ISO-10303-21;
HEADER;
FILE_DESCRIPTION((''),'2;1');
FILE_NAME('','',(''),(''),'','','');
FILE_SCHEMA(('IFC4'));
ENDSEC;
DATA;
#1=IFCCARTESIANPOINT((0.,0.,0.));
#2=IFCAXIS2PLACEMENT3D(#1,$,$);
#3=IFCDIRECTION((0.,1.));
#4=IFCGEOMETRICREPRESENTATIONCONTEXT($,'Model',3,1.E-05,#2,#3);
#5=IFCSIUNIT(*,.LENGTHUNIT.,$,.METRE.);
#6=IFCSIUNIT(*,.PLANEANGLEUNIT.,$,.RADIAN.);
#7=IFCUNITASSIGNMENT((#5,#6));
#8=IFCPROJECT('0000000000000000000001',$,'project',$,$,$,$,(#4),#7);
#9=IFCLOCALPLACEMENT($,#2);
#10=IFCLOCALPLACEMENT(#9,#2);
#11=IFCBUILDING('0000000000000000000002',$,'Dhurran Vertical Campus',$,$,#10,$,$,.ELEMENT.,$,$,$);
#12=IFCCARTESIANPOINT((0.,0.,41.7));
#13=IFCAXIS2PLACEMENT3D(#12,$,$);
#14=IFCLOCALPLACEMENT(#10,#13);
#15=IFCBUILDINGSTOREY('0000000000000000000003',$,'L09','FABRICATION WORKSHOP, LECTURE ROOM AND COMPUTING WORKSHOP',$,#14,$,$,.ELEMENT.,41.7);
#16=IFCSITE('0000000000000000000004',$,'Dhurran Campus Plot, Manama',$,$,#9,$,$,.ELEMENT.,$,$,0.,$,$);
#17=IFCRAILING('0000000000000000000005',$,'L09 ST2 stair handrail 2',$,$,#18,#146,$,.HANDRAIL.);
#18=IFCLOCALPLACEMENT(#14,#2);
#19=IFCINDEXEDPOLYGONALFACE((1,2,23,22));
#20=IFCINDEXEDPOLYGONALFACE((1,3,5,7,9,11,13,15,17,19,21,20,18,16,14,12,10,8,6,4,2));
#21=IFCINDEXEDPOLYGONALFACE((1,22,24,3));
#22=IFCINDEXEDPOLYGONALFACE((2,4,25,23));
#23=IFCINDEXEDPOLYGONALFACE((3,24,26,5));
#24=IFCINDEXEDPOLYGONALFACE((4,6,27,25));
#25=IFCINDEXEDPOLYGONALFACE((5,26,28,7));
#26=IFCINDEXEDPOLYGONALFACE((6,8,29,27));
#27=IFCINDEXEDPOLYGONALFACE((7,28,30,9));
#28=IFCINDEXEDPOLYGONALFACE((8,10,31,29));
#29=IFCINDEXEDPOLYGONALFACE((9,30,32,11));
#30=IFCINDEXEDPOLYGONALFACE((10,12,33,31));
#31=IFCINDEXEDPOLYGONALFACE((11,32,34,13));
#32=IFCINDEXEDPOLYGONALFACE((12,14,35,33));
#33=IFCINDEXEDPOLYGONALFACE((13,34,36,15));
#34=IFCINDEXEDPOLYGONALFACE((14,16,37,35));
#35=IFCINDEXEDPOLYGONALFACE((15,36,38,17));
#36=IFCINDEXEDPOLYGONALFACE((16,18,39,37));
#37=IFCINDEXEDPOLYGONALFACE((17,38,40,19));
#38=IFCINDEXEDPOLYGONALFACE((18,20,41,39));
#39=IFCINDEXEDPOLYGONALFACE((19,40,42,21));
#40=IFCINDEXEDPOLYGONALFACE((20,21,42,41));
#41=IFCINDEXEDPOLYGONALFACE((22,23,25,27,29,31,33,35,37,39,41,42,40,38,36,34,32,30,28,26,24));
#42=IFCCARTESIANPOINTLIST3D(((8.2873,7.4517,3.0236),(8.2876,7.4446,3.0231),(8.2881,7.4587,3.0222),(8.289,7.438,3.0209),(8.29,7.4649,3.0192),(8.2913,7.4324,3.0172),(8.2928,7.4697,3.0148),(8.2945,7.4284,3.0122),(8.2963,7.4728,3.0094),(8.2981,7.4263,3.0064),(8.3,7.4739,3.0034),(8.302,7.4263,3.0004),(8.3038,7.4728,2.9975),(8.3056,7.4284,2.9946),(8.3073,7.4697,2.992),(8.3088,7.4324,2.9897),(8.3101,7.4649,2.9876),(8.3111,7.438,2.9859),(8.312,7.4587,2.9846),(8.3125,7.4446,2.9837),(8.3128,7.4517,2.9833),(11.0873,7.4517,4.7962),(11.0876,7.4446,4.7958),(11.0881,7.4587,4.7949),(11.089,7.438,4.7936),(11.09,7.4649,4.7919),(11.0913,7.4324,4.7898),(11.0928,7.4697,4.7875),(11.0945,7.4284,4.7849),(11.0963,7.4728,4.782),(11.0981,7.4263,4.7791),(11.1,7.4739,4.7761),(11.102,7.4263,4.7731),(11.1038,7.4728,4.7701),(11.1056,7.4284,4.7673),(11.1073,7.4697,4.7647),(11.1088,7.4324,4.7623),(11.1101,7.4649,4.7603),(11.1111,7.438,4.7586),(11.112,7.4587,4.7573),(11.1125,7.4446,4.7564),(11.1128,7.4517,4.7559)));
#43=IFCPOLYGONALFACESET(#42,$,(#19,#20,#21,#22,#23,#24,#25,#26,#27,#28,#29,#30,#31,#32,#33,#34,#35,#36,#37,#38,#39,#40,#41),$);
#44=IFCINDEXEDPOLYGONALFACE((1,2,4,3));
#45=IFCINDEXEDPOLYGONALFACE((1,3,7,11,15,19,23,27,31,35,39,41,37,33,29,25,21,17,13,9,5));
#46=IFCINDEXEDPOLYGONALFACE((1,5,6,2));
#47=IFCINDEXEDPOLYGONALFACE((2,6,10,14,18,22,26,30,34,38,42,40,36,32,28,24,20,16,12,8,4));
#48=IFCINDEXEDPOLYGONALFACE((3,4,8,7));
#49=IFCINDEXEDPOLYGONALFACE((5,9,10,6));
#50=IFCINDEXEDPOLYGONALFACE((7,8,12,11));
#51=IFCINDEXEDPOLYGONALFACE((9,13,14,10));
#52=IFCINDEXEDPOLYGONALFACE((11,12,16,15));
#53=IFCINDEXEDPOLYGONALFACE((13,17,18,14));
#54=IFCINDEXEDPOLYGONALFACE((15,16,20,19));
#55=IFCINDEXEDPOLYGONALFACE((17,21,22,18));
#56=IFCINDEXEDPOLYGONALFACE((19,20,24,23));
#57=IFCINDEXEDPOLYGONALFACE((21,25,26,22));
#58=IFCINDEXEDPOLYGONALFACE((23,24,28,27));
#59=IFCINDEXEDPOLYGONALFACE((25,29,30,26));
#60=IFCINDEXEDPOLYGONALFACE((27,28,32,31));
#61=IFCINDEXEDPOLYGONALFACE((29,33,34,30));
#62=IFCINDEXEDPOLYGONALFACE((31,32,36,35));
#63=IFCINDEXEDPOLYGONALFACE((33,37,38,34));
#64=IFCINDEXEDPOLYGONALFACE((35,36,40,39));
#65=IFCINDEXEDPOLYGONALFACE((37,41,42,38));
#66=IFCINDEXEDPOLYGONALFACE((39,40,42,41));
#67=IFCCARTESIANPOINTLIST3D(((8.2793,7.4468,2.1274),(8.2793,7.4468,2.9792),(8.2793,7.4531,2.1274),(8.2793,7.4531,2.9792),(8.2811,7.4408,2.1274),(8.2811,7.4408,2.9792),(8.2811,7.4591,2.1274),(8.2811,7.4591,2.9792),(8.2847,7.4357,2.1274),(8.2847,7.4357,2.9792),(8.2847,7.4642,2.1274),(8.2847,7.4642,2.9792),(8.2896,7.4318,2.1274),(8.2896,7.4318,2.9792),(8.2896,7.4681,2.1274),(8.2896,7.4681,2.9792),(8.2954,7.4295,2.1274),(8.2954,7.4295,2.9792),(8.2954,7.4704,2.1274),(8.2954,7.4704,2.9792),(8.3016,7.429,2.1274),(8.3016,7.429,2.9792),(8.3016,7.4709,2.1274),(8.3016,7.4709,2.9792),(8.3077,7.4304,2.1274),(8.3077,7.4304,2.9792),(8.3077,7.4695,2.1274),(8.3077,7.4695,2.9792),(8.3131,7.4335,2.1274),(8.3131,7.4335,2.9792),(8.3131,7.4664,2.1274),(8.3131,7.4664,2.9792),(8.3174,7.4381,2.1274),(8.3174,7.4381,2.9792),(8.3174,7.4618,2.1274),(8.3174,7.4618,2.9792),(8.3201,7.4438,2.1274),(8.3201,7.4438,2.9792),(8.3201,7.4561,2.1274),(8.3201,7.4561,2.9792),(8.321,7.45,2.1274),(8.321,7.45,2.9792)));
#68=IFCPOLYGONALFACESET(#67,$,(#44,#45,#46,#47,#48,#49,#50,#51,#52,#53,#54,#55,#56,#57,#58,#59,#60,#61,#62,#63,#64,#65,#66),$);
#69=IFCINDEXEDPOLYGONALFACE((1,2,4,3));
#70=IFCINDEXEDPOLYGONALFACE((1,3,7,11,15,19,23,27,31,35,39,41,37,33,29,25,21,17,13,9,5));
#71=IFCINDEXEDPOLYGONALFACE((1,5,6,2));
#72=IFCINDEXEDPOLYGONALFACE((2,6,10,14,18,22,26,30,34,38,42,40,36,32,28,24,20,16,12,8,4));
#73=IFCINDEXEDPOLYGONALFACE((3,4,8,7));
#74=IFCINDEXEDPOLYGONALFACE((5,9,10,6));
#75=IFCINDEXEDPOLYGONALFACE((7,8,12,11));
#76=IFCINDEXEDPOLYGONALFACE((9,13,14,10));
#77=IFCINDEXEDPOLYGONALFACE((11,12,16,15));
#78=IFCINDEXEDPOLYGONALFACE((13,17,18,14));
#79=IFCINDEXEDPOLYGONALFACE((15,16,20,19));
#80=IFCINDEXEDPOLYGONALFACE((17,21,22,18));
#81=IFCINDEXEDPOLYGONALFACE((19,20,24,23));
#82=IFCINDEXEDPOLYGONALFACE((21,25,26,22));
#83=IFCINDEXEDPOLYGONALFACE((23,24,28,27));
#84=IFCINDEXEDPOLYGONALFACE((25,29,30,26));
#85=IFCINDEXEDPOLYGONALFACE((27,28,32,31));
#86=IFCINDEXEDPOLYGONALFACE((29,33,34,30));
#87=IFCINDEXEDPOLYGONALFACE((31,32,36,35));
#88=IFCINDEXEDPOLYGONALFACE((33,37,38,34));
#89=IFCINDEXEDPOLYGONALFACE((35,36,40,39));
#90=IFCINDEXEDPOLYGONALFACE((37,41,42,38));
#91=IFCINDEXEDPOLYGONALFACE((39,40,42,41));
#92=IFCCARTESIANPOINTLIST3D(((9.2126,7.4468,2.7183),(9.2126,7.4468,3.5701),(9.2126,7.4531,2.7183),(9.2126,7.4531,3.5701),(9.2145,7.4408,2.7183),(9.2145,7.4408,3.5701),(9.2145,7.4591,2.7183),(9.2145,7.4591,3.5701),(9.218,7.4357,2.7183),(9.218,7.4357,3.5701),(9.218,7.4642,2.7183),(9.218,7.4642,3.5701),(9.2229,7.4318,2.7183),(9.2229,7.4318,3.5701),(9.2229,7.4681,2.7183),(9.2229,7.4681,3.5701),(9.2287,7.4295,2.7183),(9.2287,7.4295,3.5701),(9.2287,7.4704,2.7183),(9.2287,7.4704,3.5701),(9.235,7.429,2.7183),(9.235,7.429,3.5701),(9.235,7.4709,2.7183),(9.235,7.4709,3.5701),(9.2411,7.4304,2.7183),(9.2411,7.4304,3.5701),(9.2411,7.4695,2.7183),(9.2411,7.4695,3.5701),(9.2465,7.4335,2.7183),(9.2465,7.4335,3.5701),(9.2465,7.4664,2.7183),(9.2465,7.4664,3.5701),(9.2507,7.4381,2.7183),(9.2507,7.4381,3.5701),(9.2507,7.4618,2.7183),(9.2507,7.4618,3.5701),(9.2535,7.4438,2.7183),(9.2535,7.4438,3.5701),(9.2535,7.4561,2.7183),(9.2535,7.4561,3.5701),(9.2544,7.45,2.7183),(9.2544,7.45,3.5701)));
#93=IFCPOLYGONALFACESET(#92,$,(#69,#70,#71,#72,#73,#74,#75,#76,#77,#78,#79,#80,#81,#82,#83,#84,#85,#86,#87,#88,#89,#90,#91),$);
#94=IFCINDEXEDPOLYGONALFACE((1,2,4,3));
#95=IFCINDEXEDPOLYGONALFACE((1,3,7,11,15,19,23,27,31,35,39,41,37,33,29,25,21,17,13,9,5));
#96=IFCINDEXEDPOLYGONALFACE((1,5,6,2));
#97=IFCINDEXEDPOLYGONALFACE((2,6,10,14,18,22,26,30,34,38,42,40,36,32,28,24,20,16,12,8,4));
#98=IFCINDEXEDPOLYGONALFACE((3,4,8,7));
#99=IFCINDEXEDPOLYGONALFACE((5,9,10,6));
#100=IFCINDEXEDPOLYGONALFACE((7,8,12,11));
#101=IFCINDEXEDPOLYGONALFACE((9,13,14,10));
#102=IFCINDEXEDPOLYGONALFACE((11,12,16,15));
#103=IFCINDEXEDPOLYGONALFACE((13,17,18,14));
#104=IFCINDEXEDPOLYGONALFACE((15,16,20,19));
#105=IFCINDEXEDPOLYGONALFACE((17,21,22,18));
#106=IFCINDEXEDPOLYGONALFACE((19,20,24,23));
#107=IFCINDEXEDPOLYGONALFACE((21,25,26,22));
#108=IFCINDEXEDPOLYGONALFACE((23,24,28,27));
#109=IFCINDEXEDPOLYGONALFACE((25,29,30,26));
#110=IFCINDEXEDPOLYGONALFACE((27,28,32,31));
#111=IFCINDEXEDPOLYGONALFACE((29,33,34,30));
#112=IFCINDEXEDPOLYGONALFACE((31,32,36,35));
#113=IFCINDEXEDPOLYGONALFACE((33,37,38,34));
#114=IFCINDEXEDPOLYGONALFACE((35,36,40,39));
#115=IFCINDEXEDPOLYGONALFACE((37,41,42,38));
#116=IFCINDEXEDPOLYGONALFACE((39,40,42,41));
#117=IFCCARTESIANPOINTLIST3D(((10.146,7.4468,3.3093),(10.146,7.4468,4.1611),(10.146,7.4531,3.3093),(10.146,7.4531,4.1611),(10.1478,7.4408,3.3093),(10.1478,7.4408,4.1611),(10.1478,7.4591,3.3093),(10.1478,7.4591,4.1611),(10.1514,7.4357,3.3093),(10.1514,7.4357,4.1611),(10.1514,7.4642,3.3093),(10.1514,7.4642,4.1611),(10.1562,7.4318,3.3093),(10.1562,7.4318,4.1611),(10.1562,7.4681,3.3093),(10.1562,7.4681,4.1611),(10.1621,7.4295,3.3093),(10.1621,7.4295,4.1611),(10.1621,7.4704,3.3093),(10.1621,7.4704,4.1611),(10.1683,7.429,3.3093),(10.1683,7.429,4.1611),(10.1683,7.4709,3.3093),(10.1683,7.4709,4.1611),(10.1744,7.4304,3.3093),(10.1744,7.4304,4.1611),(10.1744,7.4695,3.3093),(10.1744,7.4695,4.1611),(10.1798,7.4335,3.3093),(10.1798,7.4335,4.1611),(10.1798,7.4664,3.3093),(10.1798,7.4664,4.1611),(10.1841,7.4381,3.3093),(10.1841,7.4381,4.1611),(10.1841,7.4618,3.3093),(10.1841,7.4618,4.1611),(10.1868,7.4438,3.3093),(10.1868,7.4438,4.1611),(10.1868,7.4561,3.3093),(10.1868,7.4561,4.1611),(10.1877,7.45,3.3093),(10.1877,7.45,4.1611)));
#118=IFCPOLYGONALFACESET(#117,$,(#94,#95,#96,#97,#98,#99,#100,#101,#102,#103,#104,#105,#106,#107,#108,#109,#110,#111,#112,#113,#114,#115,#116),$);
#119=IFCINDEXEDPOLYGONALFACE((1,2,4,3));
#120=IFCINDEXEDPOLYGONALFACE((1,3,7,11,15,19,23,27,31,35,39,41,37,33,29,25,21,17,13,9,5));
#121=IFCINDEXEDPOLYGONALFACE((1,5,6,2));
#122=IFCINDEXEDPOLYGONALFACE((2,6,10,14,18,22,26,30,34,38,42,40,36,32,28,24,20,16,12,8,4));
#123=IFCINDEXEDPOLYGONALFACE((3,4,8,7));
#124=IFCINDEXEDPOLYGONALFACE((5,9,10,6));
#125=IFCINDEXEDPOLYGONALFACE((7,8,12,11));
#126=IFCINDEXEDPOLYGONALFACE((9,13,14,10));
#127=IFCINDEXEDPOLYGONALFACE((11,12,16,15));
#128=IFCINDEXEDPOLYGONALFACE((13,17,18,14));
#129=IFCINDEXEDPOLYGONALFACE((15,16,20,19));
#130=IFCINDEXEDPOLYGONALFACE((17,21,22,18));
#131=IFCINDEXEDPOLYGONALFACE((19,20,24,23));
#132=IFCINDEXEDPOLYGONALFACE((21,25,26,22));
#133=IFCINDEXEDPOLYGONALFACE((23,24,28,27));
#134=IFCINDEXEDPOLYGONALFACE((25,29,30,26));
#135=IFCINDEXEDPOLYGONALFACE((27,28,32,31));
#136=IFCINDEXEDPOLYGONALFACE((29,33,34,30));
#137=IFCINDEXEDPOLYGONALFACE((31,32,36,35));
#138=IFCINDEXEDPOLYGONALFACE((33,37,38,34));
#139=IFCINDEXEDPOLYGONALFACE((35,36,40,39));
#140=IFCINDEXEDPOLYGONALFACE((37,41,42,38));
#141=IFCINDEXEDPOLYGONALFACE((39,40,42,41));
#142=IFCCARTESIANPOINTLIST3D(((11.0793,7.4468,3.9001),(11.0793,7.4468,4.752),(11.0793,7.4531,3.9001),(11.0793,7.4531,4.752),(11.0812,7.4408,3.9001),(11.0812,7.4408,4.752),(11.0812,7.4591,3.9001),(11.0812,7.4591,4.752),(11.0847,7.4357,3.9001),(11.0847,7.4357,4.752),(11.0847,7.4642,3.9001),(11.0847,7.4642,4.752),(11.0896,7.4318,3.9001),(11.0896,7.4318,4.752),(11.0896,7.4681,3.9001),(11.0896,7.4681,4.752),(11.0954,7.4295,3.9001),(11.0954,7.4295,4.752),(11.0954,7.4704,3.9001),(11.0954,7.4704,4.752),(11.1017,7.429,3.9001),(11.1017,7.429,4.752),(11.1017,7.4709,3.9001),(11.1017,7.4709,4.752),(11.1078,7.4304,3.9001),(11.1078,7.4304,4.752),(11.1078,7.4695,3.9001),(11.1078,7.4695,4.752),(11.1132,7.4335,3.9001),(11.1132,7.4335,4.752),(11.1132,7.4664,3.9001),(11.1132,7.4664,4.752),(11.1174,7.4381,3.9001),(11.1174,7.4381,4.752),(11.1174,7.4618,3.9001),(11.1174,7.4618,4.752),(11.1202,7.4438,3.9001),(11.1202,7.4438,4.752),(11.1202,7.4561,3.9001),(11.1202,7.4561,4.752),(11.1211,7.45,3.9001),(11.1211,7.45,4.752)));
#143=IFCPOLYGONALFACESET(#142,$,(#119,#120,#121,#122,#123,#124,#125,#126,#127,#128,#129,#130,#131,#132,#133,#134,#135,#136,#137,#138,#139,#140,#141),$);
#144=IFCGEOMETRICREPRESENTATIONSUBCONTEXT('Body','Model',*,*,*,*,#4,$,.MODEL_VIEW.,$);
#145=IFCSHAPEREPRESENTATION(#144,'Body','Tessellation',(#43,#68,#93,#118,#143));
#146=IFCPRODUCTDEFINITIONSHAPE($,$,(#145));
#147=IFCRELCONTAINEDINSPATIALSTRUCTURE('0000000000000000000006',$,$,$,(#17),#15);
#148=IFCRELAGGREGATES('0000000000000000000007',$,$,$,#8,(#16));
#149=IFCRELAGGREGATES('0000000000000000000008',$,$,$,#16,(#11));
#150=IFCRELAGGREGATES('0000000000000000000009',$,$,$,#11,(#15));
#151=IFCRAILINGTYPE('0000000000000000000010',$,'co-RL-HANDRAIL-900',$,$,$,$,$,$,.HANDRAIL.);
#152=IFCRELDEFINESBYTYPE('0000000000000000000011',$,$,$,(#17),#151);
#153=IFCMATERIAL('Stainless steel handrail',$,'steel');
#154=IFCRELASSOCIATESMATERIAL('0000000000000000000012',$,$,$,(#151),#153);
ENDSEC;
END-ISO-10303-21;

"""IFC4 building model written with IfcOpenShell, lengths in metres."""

from ifc_helpers import new_model, si_unit, direction, frame, origin, origin_2d, place, context, subcontext, project, spatial, circle, extrude, material, type_object, element, save


model = new_model("IFC4")

# Units and contexts
model_context = context("Model", 3, precision=1e-05, world=origin(), true_north=direction((0.0, 1.0)))
body_context = subcontext(model_context, "Body", "Model", "MODEL_VIEW")
ifc_project = project(units=[si_unit("LENGTHUNIT", "METRE"), si_unit("PLANEANGLEUNIT", "RADIAN")], contexts=[model_context])

# Site, building, storey
site_placement = place(None, origin())
site = spatial("IfcSite", under=ifc_project, at=site_placement, Name="Dhurran Campus Plot, Manama", CompositionType="ELEMENT", RefElevation=0.0)
building_placement = place(site_placement, origin())
building = spatial("IfcBuilding", under=site, at=building_placement, Name="Dhurran Vertical Campus", CompositionType="ELEMENT")
storey_placement = place(building_placement, frame((0.0, 0.0, 41.7)))
storey = spatial("IfcBuildingStorey", under=building, at=storey_placement, Name="L09", Description="FABRICATION WORKSHOP, LECTURE ROOM AND COMPUTING WORKSHOP", CompositionType="ELEMENT", Elevation=41.7)

# Railing
ifc_material_1 = material(Name="Stainless steel handrail", Category="steel")
railing_type_1 = type_object("IfcRailingType", Name="co-RL-HANDRAIL-900", PredefinedType="HANDRAIL", material=ifc_material_1)
railing_1_placement = place(storey_placement, frame((8.3, 7.45, 2.1274)))
element("IfcRailing", 1, at=railing_1_placement, inside=storey, type_object=railing_type_1, Name="L09 ST2 stair handrail 2", PredefinedType="HANDRAIL", context=body_context, shape_type="SweptSolid", body=[
    extrude(circle(Radius=0.0239, at=origin_2d()), frame((0.0, 0.0, 0.876), z_axis=(0.844909, 0.0, 0.53491), x_axis=(0.0, 1.0, 0.0)), (0.0, 0.0, 1.0), 3.314),
    extrude(circle(Radius=0.021, at=origin_2d()), origin(), (0.0, 0.0, 1.0), 0.8518),
    extrude(circle(Radius=0.021, at=origin_2d()), frame((0.9333, 0.0, 0.5908)), (0.0, 0.0, 1.0), 0.8518),
    extrude(circle(Radius=0.021, at=origin_2d()), frame((1.8667, 0.0, 1.1819)), (0.0, 0.0, 1.0), 0.8518),
    extrude(circle(Radius=0.021, at=origin_2d()), frame((2.8, 0.0, 1.7727)), (0.0, 0.0, 1.0), 0.8518),
])

save(model, "model.ifc")
